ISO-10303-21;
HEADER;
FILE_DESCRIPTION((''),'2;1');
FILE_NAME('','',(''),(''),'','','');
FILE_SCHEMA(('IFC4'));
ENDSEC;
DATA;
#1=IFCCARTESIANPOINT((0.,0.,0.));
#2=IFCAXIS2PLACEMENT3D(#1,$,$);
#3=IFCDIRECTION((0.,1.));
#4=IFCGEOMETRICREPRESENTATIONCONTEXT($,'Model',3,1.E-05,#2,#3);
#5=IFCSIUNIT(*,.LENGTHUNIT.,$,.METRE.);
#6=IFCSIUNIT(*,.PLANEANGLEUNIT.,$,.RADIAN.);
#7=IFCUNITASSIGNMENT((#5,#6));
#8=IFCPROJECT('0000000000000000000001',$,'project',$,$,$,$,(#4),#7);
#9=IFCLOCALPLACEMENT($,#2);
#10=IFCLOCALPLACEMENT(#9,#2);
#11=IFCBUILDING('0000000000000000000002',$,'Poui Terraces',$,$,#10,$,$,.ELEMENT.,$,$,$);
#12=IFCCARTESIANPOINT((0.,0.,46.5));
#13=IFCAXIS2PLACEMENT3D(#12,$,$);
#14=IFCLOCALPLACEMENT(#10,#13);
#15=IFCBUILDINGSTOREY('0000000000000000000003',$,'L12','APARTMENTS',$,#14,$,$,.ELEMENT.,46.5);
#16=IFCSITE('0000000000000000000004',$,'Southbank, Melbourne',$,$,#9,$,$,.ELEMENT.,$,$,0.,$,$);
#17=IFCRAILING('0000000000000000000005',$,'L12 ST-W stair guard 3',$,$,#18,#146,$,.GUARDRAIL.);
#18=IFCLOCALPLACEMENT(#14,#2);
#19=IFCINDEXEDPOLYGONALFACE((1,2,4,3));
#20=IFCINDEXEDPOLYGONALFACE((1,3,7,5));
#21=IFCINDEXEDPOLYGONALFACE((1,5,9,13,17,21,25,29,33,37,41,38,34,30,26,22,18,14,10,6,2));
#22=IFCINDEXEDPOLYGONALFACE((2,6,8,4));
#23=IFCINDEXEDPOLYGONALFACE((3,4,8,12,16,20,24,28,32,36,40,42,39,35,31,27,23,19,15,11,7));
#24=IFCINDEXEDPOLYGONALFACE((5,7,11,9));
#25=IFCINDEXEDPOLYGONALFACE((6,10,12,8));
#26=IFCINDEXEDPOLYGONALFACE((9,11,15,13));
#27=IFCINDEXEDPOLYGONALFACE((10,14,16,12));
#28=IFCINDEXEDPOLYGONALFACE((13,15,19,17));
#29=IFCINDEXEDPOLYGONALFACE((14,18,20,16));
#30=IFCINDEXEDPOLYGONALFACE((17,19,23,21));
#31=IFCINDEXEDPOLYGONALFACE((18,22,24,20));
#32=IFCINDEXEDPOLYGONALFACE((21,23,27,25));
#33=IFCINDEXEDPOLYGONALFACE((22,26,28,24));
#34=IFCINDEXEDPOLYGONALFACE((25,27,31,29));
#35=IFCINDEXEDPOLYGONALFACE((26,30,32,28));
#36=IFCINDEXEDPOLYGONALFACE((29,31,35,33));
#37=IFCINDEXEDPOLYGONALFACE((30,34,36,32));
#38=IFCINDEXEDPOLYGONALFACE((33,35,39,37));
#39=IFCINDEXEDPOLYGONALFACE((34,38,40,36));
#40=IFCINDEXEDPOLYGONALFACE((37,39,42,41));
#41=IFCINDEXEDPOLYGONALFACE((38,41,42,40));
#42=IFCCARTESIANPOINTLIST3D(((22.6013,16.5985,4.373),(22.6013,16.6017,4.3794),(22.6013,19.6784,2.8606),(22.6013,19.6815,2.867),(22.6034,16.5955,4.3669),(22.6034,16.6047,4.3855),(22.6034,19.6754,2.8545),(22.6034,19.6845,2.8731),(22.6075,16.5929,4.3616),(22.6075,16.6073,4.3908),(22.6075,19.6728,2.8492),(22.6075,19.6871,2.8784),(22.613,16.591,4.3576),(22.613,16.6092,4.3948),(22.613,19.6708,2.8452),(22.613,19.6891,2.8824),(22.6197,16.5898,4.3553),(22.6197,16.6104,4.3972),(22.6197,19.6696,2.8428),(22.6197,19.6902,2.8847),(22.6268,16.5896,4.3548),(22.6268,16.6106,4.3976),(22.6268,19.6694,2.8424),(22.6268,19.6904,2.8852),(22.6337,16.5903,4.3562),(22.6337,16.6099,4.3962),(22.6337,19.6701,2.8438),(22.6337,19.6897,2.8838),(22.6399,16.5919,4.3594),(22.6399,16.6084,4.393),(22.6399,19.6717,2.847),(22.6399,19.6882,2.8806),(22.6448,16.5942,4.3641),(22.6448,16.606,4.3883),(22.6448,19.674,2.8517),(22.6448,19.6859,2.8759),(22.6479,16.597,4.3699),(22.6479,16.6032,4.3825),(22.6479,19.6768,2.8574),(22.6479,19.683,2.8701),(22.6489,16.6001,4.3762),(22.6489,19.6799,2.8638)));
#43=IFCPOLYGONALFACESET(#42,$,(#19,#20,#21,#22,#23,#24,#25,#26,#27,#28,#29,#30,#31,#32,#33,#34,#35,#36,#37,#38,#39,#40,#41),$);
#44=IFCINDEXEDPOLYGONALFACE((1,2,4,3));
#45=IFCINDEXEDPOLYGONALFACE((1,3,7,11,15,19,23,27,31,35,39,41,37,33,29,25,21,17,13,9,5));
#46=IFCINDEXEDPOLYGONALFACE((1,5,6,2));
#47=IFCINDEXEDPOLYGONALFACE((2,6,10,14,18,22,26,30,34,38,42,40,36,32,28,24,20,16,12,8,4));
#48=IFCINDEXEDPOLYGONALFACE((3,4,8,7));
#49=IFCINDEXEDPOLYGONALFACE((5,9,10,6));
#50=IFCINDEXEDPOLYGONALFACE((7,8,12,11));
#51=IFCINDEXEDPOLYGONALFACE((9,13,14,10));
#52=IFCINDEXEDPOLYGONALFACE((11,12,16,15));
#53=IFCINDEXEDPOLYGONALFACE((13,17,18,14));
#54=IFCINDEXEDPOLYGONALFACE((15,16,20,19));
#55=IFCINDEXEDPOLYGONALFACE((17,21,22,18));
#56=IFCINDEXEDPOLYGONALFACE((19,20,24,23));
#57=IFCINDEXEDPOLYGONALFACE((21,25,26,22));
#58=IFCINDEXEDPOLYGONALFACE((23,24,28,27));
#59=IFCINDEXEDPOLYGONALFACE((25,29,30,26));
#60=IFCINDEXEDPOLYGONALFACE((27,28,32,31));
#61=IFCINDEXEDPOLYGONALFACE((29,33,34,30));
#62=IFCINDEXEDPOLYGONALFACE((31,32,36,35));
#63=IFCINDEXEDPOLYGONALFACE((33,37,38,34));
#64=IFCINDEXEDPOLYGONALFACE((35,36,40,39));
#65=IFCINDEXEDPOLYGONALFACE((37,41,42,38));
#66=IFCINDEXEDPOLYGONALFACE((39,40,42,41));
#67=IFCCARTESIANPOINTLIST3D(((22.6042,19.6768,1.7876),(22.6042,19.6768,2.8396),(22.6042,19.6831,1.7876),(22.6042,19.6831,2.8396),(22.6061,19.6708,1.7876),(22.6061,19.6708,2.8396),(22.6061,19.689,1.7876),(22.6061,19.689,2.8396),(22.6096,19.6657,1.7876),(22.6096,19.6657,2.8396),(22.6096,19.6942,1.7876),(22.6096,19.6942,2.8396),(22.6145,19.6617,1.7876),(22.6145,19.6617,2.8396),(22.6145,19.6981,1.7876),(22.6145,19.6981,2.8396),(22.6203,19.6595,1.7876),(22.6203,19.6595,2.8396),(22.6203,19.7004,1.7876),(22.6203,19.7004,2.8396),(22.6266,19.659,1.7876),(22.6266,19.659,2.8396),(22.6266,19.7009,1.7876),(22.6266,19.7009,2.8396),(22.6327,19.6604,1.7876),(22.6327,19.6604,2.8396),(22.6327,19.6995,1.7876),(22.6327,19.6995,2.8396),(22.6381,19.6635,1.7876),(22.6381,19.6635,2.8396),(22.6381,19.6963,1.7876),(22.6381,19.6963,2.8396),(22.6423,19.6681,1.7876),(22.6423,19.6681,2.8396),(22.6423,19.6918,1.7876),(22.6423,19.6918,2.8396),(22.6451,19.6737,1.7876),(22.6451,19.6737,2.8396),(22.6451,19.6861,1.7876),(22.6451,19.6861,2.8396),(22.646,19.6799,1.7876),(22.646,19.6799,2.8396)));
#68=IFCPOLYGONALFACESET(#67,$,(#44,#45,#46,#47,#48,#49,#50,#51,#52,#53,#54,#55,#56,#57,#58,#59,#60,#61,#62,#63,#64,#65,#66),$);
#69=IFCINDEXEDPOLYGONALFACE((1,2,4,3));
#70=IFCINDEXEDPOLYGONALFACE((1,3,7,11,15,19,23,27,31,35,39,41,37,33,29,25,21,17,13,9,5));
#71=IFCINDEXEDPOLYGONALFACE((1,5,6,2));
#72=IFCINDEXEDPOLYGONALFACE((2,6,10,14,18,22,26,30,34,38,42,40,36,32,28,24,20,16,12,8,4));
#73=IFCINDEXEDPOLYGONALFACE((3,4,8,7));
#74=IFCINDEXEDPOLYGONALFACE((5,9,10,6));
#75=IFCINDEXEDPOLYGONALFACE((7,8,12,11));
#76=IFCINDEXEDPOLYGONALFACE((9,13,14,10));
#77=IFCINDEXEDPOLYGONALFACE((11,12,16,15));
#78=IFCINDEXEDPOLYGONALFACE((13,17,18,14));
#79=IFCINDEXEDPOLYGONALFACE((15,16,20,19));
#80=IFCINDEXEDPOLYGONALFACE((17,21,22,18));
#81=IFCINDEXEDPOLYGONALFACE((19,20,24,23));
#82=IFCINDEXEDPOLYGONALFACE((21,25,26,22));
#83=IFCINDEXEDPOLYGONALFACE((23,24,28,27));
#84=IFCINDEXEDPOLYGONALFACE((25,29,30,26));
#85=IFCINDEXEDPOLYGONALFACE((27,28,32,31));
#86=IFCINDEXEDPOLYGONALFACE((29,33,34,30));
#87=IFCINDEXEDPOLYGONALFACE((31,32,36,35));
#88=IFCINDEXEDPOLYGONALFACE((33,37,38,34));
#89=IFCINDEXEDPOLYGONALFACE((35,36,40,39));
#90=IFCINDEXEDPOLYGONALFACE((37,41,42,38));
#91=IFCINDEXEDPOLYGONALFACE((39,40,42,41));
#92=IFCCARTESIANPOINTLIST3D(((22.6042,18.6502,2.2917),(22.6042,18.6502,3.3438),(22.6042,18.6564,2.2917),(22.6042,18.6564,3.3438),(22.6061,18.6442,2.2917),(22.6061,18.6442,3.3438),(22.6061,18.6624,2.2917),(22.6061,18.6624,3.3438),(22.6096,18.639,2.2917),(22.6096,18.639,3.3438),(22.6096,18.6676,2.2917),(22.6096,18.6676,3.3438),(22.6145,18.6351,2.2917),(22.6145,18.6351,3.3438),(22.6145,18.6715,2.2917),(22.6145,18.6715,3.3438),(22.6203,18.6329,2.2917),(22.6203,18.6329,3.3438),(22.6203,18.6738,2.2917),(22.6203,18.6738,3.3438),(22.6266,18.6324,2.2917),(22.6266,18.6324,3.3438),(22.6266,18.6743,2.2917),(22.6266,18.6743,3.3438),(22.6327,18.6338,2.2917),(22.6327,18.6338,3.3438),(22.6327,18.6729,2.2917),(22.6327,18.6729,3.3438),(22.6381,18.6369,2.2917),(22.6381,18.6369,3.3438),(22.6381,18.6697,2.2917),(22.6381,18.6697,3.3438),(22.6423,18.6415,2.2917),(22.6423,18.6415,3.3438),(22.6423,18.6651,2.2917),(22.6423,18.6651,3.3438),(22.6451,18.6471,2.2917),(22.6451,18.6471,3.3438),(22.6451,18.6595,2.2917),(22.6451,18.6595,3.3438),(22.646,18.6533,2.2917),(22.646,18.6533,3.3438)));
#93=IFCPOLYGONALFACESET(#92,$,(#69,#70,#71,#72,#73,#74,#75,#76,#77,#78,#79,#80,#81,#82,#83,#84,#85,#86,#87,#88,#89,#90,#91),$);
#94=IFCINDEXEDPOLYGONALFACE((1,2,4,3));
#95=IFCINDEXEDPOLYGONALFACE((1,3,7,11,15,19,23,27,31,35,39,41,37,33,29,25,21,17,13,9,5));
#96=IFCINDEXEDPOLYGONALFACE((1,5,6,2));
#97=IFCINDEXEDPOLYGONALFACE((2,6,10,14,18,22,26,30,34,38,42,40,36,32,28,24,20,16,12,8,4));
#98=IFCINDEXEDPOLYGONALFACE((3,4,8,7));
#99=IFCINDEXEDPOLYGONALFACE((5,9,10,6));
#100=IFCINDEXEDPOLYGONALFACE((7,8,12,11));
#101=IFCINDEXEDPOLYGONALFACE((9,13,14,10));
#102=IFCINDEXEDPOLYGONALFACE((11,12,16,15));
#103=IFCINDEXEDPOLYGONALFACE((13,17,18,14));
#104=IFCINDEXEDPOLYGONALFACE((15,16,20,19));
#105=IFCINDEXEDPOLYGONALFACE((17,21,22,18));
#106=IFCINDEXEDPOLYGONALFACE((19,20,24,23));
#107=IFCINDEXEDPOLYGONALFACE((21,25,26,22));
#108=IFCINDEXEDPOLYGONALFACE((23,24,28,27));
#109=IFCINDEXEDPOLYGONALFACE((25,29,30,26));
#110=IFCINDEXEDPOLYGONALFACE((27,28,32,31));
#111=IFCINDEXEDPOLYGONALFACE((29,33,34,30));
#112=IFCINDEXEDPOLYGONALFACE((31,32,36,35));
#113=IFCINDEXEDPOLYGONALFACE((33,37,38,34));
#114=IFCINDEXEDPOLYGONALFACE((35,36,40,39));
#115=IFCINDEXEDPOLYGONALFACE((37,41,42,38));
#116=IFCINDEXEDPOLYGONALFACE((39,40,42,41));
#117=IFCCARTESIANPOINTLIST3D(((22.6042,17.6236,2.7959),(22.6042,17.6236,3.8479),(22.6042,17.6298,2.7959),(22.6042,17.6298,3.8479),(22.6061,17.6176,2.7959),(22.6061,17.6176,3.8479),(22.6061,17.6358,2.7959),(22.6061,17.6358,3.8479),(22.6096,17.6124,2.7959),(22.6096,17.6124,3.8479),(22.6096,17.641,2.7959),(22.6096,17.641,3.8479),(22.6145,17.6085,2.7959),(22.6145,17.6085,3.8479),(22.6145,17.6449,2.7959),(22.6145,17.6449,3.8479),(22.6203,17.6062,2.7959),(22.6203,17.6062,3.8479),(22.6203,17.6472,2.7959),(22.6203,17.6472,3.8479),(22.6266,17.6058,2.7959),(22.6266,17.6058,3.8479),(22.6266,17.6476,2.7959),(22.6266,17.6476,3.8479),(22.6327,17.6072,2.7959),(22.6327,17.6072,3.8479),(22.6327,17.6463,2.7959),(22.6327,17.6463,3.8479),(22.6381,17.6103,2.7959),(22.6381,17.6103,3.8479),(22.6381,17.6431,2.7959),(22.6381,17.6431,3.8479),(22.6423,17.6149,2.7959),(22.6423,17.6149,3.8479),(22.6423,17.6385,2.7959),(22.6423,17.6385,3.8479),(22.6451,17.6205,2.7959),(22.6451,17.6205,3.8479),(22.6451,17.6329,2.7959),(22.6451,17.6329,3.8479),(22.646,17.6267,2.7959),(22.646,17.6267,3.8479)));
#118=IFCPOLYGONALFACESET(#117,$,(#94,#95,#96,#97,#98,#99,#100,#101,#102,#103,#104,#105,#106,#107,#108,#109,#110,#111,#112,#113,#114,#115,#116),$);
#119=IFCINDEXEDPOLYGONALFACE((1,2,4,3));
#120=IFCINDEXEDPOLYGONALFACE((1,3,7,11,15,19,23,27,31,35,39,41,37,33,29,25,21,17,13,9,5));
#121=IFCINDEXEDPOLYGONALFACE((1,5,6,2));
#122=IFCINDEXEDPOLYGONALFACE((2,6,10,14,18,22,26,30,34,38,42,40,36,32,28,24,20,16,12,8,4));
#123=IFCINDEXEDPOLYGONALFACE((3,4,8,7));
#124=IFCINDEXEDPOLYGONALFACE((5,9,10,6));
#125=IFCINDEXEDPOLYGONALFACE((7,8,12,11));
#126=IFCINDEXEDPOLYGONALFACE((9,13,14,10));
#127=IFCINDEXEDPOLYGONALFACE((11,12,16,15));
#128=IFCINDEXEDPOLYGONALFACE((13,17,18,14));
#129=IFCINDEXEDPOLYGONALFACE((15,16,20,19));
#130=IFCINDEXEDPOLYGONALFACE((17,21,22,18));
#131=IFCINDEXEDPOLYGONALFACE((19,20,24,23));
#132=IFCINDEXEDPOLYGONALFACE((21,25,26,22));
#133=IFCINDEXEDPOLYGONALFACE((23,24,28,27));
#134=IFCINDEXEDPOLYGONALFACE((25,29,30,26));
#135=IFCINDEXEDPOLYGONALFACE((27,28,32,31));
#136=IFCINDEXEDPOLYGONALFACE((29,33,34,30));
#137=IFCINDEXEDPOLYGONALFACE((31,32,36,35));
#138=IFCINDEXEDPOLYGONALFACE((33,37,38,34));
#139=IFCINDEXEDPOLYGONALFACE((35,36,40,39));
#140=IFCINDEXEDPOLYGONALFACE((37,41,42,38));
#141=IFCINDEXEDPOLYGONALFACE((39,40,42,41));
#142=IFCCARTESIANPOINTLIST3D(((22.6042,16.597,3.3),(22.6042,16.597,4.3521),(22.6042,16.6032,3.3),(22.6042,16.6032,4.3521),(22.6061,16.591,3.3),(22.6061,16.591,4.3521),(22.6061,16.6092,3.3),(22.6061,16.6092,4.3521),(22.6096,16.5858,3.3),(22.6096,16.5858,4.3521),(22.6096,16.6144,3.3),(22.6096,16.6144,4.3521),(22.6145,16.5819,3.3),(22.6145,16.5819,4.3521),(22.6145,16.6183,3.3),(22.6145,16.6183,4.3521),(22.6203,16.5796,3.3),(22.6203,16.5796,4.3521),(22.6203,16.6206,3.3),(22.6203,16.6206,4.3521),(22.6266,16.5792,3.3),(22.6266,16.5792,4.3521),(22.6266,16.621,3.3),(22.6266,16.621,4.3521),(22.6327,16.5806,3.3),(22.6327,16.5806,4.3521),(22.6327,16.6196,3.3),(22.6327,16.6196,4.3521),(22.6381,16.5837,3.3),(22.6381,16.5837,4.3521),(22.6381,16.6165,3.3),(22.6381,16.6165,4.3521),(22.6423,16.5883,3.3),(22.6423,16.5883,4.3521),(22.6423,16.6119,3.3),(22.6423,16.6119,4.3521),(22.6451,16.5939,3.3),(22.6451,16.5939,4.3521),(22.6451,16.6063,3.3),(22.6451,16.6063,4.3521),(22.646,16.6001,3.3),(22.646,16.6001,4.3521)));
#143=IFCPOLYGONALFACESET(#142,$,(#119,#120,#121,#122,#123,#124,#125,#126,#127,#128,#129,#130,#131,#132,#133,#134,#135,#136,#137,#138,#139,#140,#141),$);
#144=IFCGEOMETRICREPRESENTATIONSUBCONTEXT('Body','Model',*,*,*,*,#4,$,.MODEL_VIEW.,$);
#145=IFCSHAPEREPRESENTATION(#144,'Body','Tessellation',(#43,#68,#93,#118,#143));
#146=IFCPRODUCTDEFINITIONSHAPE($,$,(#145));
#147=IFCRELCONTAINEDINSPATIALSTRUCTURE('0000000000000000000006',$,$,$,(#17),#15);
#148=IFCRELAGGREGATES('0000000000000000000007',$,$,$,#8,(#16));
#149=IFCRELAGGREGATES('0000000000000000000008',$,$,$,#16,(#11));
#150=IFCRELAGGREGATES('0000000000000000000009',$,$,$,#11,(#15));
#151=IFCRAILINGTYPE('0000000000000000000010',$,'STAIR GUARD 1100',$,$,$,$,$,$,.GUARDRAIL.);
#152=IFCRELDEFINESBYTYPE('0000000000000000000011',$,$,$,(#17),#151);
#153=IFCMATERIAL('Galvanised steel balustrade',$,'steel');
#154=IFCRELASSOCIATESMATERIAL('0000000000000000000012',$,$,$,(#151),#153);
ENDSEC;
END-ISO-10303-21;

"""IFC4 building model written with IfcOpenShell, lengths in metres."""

from ifc_helpers import new_model, si_unit, direction, frame, origin, origin_2d, place, context, subcontext, project, spatial, circle, extrude, material, type_object, element, save


model = new_model("IFC4")

# Units and contexts
model_context = context("Model", 3, precision=1e-05, world=origin(), true_north=direction((0.0, 1.0)))
body_context = subcontext(model_context, "Body", "Model", "MODEL_VIEW")
ifc_project = project(units=[si_unit("LENGTHUNIT", "METRE"), si_unit("PLANEANGLEUNIT", "RADIAN")], contexts=[model_context])

# Site, building, storey
site_placement = place(None, origin())
site = spatial("IfcSite", under=ifc_project, at=site_placement, Name="Southbank, Melbourne", CompositionType="ELEMENT", RefElevation=0.0)
building_placement = place(site_placement, origin())
building = spatial("IfcBuilding", under=site, at=building_placement, Name="Poui Terraces", CompositionType="ELEMENT")
storey_placement = place(building_placement, frame((0.0, 0.0, 46.5)))
storey = spatial("IfcBuildingStorey", under=building, at=storey_placement, Name="L12", Description="APARTMENTS", CompositionType="ELEMENT", Elevation=46.5)

# Railing
ifc_material_1 = material(Name="Galvanised steel balustrade", Category="steel")
railing_type_1 = type_object("IfcRailingType", Name="STAIR GUARD 1100", PredefinedType="GUARDRAIL", material=ifc_material_1)
railing_1_placement = place(storey_placement, frame((22.625, 19.6799, 1.7876)))
element("IfcRailing", 1, at=railing_1_placement, inside=storey, type_object=railing_type_1, Name="L12 ST-W stair guard 3", PredefinedType="GUARDRAIL", context=body_context, shape_type="SweptSolid", body=[
    extrude(circle(Radius=0.0239, at=origin_2d()), frame((0.0, 0.0, 1.0762), z_axis=(0.0, -0.897606, 0.440798), x_axis=(1.0, 0.0, 0.0)), (0.0, 0.0, 1.0), 3.4312),
    extrude(circle(Radius=0.021, at=origin_2d()), origin(), (0.0, 0.0, 1.0), 1.052),
    extrude(circle(Radius=0.021, at=origin_2d()), frame((0.0, -1.0266, 0.5042)), (0.0, 0.0, 1.0), 1.052),
    extrude(circle(Radius=0.021, at=origin_2d()), frame((0.0, -2.0532, 1.0083)), (0.0, 0.0, 1.0), 1.052),
    extrude(circle(Radius=0.021, at=origin_2d()), frame((0.0, -3.0798, 1.5125)), (0.0, 0.0, 1.0), 1.052),
])

save(model, "model.ifc")
